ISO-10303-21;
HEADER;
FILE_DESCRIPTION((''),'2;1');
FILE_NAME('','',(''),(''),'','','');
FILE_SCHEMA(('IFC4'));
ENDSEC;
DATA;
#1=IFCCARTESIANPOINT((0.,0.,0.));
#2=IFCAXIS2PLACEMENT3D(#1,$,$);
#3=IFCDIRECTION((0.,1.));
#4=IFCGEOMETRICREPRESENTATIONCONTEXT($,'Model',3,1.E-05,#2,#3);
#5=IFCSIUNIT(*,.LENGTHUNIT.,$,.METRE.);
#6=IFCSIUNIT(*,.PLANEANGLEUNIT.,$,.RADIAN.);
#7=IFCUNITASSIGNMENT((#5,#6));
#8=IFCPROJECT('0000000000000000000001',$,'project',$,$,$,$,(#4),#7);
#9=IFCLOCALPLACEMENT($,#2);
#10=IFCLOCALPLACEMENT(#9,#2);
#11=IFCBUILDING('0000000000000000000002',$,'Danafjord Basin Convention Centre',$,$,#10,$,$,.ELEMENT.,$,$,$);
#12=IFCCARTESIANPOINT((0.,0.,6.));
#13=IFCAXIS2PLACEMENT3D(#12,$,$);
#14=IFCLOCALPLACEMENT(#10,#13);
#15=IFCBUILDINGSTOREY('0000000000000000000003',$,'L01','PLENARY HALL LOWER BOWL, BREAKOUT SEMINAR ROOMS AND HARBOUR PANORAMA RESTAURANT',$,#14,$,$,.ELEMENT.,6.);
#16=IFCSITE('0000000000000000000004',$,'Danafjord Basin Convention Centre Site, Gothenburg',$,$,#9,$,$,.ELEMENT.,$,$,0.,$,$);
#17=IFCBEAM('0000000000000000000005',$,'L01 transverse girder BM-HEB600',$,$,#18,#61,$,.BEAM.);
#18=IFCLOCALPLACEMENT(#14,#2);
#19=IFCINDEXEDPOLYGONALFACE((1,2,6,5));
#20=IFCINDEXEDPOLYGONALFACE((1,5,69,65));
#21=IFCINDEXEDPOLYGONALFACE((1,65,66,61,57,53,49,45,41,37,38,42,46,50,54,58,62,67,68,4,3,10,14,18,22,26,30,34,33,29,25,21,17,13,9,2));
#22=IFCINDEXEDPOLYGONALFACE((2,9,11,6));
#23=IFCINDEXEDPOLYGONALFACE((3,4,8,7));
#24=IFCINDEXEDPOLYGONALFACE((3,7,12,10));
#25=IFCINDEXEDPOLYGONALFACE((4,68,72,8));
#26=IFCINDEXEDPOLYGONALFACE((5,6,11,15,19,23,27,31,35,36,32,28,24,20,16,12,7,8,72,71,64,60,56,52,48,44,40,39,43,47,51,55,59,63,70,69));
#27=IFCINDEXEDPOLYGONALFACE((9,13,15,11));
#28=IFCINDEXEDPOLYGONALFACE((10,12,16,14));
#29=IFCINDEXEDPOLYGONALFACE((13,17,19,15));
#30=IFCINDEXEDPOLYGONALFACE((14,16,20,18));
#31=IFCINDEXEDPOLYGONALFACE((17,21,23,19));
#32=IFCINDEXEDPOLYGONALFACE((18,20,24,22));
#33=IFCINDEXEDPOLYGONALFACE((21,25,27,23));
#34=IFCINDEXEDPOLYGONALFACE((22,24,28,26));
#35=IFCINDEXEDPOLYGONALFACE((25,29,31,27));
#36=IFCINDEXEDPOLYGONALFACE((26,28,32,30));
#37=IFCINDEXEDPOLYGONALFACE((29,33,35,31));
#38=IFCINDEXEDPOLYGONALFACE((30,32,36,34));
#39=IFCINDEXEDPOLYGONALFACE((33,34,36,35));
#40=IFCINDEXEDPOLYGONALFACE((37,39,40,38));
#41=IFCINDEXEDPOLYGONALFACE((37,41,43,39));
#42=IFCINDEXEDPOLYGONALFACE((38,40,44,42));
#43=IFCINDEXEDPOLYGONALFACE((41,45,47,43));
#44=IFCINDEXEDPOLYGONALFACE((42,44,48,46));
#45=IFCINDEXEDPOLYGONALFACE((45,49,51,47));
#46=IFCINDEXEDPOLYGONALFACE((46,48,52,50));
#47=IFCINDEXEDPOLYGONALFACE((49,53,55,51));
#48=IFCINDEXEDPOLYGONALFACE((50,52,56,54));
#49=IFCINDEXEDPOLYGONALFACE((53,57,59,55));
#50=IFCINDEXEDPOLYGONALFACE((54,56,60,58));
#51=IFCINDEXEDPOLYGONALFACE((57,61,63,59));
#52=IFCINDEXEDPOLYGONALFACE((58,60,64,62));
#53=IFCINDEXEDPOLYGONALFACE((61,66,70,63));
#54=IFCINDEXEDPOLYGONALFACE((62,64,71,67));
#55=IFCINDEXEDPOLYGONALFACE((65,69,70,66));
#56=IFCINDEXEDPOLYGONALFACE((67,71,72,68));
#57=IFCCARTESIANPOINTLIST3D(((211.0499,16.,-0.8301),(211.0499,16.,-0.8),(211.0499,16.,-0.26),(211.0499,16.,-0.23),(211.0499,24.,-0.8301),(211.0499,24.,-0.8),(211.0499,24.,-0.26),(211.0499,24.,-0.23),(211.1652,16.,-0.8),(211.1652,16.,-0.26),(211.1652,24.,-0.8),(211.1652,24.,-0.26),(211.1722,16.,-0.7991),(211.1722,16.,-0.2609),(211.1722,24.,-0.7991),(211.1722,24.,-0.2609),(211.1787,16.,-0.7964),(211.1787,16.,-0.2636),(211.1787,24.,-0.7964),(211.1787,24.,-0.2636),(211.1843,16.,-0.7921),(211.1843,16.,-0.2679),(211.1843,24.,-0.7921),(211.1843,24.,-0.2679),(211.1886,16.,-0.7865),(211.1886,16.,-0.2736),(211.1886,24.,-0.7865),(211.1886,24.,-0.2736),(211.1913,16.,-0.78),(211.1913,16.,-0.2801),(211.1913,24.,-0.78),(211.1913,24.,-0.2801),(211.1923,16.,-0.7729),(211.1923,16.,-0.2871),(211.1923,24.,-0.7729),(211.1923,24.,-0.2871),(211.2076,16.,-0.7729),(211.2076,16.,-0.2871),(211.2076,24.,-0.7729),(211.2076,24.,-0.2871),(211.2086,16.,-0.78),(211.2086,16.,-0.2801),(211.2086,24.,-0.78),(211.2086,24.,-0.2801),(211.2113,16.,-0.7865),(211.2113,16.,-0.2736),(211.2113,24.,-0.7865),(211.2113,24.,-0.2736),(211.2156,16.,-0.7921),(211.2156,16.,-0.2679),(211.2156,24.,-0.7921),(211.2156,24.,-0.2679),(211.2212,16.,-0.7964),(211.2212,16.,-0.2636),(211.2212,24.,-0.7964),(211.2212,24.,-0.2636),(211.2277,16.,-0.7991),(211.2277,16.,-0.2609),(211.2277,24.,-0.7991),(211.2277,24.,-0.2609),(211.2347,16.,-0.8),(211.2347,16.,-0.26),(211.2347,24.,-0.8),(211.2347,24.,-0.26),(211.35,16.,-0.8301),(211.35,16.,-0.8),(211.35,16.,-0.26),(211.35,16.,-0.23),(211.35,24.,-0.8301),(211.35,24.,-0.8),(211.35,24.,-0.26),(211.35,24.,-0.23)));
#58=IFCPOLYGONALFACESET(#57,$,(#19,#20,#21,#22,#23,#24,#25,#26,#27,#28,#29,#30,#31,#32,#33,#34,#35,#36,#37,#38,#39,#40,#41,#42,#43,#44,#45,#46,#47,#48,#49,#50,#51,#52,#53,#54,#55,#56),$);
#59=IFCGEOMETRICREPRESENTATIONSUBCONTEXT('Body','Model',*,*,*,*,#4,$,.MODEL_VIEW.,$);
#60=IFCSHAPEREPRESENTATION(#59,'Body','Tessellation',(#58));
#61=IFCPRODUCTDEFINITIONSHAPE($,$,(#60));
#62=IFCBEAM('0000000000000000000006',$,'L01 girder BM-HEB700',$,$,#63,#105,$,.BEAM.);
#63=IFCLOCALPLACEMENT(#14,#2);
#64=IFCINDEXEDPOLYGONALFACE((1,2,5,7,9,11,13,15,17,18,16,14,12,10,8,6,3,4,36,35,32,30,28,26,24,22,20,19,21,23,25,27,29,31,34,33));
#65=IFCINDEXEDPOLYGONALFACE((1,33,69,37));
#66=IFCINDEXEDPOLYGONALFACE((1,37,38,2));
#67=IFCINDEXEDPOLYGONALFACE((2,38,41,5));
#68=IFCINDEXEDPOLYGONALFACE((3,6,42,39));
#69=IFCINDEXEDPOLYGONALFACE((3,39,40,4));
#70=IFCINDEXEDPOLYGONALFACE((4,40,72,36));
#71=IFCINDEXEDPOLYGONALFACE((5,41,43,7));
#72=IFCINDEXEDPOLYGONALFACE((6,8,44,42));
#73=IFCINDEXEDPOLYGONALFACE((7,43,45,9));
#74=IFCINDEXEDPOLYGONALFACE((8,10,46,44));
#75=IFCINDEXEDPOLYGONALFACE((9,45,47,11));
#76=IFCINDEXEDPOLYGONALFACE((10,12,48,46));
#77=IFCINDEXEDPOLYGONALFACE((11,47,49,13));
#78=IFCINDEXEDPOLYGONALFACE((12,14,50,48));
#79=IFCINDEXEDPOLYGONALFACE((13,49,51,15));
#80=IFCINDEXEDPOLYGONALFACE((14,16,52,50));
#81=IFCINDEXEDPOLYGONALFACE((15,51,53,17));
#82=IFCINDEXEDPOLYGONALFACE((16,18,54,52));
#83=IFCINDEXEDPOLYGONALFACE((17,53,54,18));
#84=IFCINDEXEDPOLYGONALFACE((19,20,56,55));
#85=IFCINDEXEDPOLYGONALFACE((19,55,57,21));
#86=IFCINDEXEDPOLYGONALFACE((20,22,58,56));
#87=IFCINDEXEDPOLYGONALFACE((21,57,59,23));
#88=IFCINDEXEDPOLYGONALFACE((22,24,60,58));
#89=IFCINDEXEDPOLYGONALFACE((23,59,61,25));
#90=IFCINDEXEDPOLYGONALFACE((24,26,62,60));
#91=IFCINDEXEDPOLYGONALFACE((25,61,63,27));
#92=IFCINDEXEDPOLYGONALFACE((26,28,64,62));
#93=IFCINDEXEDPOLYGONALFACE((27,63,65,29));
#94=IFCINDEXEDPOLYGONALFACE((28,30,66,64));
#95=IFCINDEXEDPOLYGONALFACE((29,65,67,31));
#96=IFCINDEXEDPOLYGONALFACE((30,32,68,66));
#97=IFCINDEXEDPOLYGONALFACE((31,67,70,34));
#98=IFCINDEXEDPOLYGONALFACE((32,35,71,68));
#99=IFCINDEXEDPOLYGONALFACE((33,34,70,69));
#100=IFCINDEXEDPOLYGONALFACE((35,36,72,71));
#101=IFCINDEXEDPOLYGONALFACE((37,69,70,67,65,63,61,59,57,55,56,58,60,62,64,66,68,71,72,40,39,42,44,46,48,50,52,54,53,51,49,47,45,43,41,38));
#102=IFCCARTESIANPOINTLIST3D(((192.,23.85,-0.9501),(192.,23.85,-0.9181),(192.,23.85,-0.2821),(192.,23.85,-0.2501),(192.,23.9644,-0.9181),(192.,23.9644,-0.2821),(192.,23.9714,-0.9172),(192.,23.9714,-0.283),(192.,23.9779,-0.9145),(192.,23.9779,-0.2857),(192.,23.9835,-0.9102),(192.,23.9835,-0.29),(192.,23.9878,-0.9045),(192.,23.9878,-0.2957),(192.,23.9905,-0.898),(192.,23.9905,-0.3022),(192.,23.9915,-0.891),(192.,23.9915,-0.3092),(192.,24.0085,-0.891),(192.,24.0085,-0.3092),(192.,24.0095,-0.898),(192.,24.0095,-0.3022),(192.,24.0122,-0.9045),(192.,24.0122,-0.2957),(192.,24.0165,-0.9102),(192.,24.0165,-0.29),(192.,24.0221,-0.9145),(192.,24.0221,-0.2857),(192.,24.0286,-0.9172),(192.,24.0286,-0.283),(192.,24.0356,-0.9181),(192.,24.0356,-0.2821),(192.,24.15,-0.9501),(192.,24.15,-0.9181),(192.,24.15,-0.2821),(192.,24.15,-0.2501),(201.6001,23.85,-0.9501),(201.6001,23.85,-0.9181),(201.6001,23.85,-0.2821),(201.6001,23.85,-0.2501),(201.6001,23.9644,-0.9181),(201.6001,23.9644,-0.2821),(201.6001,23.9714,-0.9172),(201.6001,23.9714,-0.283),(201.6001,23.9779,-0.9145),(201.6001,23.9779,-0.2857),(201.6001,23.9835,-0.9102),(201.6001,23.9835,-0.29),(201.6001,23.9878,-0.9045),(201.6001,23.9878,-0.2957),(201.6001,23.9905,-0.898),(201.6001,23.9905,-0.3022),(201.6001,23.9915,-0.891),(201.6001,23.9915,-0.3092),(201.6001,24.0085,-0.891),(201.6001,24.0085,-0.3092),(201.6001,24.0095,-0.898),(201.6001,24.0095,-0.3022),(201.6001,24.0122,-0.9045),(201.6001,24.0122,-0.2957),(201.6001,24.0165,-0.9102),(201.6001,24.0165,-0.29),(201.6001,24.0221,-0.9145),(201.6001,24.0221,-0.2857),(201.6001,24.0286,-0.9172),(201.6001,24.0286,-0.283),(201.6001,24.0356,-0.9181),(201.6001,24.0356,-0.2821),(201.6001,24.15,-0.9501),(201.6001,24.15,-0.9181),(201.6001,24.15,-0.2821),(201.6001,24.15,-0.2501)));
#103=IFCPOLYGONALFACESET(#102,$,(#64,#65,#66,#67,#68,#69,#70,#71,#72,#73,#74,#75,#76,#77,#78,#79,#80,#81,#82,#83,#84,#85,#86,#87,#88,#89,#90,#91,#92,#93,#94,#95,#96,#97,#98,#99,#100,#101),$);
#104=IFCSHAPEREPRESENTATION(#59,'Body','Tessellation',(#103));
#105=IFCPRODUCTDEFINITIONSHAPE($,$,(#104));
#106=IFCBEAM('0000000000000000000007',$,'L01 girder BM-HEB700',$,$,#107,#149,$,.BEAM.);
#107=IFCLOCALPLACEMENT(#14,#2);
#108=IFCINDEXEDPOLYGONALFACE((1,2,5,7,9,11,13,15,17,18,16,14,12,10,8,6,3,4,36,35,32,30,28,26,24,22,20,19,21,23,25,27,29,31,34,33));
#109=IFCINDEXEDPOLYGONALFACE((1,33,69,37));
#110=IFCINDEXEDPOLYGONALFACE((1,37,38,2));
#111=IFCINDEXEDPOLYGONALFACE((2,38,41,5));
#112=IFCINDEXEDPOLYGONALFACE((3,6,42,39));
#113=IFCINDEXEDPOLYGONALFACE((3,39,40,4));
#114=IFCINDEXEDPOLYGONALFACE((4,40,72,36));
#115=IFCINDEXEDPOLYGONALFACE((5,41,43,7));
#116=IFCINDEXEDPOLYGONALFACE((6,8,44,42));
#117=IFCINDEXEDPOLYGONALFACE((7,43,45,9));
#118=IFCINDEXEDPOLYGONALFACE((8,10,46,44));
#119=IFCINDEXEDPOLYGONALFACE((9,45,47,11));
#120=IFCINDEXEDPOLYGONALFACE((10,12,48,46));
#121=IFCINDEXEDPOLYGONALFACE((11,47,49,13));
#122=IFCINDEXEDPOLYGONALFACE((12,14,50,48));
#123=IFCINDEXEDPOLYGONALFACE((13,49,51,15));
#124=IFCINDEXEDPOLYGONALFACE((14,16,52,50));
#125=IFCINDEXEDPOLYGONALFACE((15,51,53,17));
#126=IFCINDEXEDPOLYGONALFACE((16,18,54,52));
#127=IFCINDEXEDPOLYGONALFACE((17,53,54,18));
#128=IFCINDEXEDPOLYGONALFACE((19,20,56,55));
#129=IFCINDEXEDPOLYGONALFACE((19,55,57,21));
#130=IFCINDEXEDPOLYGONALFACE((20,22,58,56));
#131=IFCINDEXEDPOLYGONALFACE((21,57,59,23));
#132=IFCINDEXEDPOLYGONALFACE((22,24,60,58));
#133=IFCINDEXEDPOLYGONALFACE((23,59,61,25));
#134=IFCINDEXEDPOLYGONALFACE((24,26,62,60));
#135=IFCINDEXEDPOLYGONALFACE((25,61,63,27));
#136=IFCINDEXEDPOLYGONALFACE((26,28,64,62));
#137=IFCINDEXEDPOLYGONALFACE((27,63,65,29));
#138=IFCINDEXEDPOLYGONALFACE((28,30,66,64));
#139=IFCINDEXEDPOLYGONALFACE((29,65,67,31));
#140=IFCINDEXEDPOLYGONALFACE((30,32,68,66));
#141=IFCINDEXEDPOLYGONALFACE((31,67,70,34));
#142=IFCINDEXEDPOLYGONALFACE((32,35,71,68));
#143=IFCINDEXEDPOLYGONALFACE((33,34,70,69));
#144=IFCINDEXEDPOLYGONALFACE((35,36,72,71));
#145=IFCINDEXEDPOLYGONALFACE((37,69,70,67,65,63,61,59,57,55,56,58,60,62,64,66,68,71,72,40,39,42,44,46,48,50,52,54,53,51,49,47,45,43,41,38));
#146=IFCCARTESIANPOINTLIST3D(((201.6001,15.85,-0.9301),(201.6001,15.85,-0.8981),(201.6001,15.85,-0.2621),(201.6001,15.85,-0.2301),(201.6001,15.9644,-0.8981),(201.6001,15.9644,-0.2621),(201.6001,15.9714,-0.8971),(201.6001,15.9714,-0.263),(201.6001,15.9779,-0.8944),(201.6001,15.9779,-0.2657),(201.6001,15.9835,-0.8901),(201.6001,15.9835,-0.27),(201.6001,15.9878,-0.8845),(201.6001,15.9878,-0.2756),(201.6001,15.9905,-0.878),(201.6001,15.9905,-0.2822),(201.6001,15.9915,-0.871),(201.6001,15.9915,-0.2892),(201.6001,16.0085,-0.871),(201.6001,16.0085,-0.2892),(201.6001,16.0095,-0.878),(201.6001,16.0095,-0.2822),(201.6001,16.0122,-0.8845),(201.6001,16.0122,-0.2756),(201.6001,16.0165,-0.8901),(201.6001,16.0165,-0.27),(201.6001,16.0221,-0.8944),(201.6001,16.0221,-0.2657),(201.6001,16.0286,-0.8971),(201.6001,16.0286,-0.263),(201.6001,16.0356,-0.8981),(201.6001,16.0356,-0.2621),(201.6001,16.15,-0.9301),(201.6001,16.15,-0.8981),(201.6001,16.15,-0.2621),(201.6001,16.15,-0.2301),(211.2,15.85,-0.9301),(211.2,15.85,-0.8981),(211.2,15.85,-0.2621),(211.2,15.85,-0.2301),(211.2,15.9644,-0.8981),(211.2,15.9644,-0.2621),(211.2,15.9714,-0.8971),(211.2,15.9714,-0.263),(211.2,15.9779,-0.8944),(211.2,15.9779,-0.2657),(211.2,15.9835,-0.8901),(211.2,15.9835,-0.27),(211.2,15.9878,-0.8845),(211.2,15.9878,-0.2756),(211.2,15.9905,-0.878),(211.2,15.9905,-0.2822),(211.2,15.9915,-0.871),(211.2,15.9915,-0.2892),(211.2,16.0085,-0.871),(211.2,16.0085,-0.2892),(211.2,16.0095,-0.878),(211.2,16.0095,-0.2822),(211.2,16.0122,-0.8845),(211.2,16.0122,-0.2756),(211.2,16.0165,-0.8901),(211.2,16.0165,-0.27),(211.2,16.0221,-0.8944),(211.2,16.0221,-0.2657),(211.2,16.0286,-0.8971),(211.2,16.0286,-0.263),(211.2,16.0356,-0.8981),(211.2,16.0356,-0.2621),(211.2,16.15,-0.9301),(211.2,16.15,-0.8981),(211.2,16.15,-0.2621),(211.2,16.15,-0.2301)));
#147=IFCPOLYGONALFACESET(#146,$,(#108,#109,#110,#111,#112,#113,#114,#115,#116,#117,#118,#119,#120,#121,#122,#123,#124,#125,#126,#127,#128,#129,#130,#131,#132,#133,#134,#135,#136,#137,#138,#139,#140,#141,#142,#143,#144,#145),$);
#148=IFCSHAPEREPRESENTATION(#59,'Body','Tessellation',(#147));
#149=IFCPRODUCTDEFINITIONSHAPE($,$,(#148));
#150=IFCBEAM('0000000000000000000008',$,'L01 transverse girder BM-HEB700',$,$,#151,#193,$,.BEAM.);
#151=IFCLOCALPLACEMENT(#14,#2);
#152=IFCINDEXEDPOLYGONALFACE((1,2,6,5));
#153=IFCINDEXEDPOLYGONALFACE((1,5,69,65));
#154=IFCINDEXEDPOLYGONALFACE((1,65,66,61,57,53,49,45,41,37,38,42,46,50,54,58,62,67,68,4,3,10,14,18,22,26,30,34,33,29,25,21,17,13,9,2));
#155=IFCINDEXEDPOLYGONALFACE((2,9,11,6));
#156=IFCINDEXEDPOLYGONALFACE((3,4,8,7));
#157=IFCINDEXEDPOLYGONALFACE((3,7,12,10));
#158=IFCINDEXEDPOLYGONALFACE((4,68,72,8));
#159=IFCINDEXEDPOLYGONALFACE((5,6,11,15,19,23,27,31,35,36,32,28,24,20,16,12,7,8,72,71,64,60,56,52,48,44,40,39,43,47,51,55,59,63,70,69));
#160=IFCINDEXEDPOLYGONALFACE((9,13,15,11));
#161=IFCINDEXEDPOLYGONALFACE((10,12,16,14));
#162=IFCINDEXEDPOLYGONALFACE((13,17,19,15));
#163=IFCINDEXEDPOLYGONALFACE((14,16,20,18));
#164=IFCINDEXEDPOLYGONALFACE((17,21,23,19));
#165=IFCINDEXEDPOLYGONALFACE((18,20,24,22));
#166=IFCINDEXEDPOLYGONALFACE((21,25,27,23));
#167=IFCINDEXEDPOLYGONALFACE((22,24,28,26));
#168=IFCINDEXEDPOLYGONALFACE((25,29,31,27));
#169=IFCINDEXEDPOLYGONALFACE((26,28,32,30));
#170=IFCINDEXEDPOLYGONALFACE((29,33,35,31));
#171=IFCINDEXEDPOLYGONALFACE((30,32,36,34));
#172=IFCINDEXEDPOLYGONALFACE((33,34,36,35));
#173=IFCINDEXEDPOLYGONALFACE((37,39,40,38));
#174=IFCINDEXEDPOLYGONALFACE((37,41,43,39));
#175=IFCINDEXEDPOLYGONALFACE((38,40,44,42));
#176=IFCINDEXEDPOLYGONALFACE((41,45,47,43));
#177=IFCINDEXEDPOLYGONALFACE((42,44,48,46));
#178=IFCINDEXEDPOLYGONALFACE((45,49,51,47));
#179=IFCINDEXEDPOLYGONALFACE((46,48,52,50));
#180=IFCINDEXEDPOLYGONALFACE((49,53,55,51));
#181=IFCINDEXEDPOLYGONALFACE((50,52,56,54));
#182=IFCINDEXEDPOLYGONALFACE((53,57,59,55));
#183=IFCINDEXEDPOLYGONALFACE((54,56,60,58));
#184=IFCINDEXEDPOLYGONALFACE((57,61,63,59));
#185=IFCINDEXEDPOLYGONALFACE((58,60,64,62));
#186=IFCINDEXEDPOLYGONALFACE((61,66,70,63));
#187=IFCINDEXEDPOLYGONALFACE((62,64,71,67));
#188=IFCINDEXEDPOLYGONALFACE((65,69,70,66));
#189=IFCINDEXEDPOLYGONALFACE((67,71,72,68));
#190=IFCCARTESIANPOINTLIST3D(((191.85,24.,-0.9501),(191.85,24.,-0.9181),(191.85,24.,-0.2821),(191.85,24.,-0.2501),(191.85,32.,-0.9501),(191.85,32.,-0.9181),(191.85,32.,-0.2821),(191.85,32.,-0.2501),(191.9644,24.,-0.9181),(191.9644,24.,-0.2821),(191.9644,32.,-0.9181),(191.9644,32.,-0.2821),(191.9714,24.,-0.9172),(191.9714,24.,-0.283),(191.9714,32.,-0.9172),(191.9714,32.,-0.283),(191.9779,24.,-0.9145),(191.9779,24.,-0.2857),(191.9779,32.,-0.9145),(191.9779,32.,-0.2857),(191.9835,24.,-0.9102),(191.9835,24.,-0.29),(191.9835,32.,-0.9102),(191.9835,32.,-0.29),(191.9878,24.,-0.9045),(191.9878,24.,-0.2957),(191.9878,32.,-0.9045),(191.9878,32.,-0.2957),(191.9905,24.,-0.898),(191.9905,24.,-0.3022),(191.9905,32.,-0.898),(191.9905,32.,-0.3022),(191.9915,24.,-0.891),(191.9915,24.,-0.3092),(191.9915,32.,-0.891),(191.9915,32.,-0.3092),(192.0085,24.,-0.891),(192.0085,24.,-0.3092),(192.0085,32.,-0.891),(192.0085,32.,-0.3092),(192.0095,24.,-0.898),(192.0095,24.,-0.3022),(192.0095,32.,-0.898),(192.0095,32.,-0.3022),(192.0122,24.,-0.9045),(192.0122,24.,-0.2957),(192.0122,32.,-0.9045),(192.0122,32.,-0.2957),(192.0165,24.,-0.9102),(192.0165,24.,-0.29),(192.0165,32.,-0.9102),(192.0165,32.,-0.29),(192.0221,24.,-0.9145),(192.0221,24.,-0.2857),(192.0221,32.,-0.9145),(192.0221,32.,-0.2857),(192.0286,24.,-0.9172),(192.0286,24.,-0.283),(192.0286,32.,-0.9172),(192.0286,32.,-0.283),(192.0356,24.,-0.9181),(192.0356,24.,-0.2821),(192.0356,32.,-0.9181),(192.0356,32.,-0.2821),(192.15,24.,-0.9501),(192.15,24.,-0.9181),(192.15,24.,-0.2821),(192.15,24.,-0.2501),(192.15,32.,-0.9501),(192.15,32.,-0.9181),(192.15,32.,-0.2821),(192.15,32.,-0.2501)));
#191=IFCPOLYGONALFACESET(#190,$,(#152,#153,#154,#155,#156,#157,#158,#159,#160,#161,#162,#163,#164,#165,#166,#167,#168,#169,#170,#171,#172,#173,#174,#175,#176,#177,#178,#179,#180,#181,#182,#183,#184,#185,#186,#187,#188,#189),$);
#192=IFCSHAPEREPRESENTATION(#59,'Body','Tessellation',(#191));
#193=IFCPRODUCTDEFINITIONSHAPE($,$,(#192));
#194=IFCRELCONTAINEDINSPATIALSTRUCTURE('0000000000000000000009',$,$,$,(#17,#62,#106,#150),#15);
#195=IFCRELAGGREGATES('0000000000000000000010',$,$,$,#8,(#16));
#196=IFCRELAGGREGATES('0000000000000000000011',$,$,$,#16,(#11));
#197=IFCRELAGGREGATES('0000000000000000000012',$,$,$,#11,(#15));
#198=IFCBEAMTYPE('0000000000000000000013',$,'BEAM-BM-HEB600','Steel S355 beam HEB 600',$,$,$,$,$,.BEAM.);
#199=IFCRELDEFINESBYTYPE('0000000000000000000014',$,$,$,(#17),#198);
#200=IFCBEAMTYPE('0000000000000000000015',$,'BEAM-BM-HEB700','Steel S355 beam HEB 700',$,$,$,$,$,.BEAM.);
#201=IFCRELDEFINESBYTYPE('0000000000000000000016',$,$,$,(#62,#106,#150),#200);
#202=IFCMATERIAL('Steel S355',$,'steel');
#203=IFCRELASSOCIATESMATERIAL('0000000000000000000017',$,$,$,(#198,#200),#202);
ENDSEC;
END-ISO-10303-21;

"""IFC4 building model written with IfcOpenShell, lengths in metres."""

from ifc_helpers import new_model, si_unit, direction, frame, origin, origin_2d, place, context, subcontext, project, spatial, i_section, extrude, material, material_profile, profile_set, type_object, element, save


model = new_model("IFC4")

# Units and contexts
model_context = context("Model", 3, precision=1e-05, world=origin(), true_north=direction((0.0, 1.0)))
body_context = subcontext(model_context, "Body", "Model", "MODEL_VIEW")
ifc_project = project(units=[si_unit("LENGTHUNIT", "METRE"), si_unit("PLANEANGLEUNIT", "RADIAN")], contexts=[model_context])

# Site, building, storey
site_placement = place(None, origin())
site = spatial("IfcSite", under=ifc_project, at=site_placement, Name="Danafjord Basin Convention Centre Site, Gothenburg", CompositionType="ELEMENT", RefElevation=0.0)
building_placement = place(site_placement, origin())
building = spatial("IfcBuilding", under=site, at=building_placement, Name="Danafjord Basin Convention Centre", CompositionType="ELEMENT")
storey_placement = place(building_placement, frame((0.0, 0.0, 6.0)))
storey = spatial("IfcBuildingStorey", under=building, at=storey_placement, Name="L01", Description="PLENARY HALL LOWER BOWL, BREAKOUT SEMINAR ROOMS AND HARBOUR PANORAMA RESTAURANT", CompositionType="ELEMENT", Elevation=6.0)

# Shared definitions
ifc_material_1 = material(Name="Steel S355", Category="steel")

# Beams
ifc_material_profile_1 = material_profile(ifc_material_1, i_section(OverallWidth=0.3, OverallDepth=0.6001, WebThickness=0.0154, FlangeThickness=0.03, FilletRadius=0.0271, at=origin_2d()), Name="HEB 600")
ifc_profile_set_1 = profile_set([ifc_material_profile_1], Name="Steel S355")
beam_type_1 = type_object("IfcBeamType", Name="BEAM-BM-HEB600", Description="Steel S355 beam HEB 600", PredefinedType="BEAM", material=ifc_profile_set_1)
for number, where, z_axis, x_axis, name in (
    (1, (211.2, 16.0, -0.53), (0.0, 1.0, 0.0), (-1.0, 0.0, 0.0), "L01 transverse girder BM-HEB600"),
):
    element("IfcBeam", number, at=place(storey_placement, frame(where, z_axis=z_axis, x_axis=x_axis)), inside=storey, type_object=beam_type_1, Name=name, PredefinedType="BEAM", context=body_context, shape_type="SweptSolid", body=[
        extrude(i_section(OverallWidth=0.3, OverallDepth=0.6001, WebThickness=0.0154, FlangeThickness=0.03, FilletRadius=0.0271, at=origin_2d()), origin(), (0.0, 0.0, 1.0), 8.0),
    ])
ifc_material_profile_2 = material_profile(ifc_material_1, i_section(OverallWidth=0.3, OverallDepth=0.7, WebThickness=0.0171, FlangeThickness=0.032, FilletRadius=0.0271, at=origin_2d()), Name="HEB 700")
ifc_profile_set_2 = profile_set([ifc_material_profile_2], Name="Steel S355")
beam_type_2 = type_object("IfcBeamType", Name="BEAM-BM-HEB700", Description="Steel S355 beam HEB 700", PredefinedType="BEAM", material=ifc_profile_set_2)
beam_1_placement = place(storey_placement, frame((192.0, 24.0, -0.6001), z_axis=(1.0, 0.0, 0.0), x_axis=(0.0, 1.0, 0.0)))
element("IfcBeam", 2, at=beam_1_placement, inside=storey, type_object=beam_type_2, Name="L01 girder BM-HEB700", PredefinedType="BEAM", context=body_context, shape_type="SweptSolid", body=[
    extrude(i_section(OverallWidth=0.3, OverallDepth=0.7, WebThickness=0.0171, FlangeThickness=0.032, FilletRadius=0.0271, at=origin_2d()), origin(), (0.0, 0.0, 1.0), 9.6001),
])
beam_2_placement = place(storey_placement, frame((201.6001, 16.0, -0.5801), z_axis=(1.0, 0.0, 0.0), x_axis=(0.0, 1.0, 0.0)))
element("IfcBeam", 3, at=beam_2_placement, inside=storey, type_object=beam_type_2, Name="L01 girder BM-HEB700", PredefinedType="BEAM", context=body_context, shape_type="SweptSolid", body=[
    extrude(i_section(OverallWidth=0.3, OverallDepth=0.7, WebThickness=0.0171, FlangeThickness=0.032, FilletRadius=0.0271, at=origin_2d()), origin(), (0.0, 0.0, 1.0), 9.5999),
])
for number, where, z_axis, x_axis, name in (
    (4, (192.0, 24.0, -0.6001), (0.0, 1.0, 0.0), (-1.0, 0.0, 0.0), "L01 transverse girder BM-HEB700"),
):
    element("IfcBeam", number, at=place(storey_placement, frame(where, z_axis=z_axis, x_axis=x_axis)), inside=storey, type_object=beam_type_2, Name=name, PredefinedType="BEAM", context=body_context, shape_type="SweptSolid", body=[
        extrude(i_section(OverallWidth=0.3, OverallDepth=0.7, WebThickness=0.0171, FlangeThickness=0.032, FilletRadius=0.0271, at=origin_2d()), origin(), (0.0, 0.0, 1.0), 8.0),
    ])

save(model, "model.ifc")
